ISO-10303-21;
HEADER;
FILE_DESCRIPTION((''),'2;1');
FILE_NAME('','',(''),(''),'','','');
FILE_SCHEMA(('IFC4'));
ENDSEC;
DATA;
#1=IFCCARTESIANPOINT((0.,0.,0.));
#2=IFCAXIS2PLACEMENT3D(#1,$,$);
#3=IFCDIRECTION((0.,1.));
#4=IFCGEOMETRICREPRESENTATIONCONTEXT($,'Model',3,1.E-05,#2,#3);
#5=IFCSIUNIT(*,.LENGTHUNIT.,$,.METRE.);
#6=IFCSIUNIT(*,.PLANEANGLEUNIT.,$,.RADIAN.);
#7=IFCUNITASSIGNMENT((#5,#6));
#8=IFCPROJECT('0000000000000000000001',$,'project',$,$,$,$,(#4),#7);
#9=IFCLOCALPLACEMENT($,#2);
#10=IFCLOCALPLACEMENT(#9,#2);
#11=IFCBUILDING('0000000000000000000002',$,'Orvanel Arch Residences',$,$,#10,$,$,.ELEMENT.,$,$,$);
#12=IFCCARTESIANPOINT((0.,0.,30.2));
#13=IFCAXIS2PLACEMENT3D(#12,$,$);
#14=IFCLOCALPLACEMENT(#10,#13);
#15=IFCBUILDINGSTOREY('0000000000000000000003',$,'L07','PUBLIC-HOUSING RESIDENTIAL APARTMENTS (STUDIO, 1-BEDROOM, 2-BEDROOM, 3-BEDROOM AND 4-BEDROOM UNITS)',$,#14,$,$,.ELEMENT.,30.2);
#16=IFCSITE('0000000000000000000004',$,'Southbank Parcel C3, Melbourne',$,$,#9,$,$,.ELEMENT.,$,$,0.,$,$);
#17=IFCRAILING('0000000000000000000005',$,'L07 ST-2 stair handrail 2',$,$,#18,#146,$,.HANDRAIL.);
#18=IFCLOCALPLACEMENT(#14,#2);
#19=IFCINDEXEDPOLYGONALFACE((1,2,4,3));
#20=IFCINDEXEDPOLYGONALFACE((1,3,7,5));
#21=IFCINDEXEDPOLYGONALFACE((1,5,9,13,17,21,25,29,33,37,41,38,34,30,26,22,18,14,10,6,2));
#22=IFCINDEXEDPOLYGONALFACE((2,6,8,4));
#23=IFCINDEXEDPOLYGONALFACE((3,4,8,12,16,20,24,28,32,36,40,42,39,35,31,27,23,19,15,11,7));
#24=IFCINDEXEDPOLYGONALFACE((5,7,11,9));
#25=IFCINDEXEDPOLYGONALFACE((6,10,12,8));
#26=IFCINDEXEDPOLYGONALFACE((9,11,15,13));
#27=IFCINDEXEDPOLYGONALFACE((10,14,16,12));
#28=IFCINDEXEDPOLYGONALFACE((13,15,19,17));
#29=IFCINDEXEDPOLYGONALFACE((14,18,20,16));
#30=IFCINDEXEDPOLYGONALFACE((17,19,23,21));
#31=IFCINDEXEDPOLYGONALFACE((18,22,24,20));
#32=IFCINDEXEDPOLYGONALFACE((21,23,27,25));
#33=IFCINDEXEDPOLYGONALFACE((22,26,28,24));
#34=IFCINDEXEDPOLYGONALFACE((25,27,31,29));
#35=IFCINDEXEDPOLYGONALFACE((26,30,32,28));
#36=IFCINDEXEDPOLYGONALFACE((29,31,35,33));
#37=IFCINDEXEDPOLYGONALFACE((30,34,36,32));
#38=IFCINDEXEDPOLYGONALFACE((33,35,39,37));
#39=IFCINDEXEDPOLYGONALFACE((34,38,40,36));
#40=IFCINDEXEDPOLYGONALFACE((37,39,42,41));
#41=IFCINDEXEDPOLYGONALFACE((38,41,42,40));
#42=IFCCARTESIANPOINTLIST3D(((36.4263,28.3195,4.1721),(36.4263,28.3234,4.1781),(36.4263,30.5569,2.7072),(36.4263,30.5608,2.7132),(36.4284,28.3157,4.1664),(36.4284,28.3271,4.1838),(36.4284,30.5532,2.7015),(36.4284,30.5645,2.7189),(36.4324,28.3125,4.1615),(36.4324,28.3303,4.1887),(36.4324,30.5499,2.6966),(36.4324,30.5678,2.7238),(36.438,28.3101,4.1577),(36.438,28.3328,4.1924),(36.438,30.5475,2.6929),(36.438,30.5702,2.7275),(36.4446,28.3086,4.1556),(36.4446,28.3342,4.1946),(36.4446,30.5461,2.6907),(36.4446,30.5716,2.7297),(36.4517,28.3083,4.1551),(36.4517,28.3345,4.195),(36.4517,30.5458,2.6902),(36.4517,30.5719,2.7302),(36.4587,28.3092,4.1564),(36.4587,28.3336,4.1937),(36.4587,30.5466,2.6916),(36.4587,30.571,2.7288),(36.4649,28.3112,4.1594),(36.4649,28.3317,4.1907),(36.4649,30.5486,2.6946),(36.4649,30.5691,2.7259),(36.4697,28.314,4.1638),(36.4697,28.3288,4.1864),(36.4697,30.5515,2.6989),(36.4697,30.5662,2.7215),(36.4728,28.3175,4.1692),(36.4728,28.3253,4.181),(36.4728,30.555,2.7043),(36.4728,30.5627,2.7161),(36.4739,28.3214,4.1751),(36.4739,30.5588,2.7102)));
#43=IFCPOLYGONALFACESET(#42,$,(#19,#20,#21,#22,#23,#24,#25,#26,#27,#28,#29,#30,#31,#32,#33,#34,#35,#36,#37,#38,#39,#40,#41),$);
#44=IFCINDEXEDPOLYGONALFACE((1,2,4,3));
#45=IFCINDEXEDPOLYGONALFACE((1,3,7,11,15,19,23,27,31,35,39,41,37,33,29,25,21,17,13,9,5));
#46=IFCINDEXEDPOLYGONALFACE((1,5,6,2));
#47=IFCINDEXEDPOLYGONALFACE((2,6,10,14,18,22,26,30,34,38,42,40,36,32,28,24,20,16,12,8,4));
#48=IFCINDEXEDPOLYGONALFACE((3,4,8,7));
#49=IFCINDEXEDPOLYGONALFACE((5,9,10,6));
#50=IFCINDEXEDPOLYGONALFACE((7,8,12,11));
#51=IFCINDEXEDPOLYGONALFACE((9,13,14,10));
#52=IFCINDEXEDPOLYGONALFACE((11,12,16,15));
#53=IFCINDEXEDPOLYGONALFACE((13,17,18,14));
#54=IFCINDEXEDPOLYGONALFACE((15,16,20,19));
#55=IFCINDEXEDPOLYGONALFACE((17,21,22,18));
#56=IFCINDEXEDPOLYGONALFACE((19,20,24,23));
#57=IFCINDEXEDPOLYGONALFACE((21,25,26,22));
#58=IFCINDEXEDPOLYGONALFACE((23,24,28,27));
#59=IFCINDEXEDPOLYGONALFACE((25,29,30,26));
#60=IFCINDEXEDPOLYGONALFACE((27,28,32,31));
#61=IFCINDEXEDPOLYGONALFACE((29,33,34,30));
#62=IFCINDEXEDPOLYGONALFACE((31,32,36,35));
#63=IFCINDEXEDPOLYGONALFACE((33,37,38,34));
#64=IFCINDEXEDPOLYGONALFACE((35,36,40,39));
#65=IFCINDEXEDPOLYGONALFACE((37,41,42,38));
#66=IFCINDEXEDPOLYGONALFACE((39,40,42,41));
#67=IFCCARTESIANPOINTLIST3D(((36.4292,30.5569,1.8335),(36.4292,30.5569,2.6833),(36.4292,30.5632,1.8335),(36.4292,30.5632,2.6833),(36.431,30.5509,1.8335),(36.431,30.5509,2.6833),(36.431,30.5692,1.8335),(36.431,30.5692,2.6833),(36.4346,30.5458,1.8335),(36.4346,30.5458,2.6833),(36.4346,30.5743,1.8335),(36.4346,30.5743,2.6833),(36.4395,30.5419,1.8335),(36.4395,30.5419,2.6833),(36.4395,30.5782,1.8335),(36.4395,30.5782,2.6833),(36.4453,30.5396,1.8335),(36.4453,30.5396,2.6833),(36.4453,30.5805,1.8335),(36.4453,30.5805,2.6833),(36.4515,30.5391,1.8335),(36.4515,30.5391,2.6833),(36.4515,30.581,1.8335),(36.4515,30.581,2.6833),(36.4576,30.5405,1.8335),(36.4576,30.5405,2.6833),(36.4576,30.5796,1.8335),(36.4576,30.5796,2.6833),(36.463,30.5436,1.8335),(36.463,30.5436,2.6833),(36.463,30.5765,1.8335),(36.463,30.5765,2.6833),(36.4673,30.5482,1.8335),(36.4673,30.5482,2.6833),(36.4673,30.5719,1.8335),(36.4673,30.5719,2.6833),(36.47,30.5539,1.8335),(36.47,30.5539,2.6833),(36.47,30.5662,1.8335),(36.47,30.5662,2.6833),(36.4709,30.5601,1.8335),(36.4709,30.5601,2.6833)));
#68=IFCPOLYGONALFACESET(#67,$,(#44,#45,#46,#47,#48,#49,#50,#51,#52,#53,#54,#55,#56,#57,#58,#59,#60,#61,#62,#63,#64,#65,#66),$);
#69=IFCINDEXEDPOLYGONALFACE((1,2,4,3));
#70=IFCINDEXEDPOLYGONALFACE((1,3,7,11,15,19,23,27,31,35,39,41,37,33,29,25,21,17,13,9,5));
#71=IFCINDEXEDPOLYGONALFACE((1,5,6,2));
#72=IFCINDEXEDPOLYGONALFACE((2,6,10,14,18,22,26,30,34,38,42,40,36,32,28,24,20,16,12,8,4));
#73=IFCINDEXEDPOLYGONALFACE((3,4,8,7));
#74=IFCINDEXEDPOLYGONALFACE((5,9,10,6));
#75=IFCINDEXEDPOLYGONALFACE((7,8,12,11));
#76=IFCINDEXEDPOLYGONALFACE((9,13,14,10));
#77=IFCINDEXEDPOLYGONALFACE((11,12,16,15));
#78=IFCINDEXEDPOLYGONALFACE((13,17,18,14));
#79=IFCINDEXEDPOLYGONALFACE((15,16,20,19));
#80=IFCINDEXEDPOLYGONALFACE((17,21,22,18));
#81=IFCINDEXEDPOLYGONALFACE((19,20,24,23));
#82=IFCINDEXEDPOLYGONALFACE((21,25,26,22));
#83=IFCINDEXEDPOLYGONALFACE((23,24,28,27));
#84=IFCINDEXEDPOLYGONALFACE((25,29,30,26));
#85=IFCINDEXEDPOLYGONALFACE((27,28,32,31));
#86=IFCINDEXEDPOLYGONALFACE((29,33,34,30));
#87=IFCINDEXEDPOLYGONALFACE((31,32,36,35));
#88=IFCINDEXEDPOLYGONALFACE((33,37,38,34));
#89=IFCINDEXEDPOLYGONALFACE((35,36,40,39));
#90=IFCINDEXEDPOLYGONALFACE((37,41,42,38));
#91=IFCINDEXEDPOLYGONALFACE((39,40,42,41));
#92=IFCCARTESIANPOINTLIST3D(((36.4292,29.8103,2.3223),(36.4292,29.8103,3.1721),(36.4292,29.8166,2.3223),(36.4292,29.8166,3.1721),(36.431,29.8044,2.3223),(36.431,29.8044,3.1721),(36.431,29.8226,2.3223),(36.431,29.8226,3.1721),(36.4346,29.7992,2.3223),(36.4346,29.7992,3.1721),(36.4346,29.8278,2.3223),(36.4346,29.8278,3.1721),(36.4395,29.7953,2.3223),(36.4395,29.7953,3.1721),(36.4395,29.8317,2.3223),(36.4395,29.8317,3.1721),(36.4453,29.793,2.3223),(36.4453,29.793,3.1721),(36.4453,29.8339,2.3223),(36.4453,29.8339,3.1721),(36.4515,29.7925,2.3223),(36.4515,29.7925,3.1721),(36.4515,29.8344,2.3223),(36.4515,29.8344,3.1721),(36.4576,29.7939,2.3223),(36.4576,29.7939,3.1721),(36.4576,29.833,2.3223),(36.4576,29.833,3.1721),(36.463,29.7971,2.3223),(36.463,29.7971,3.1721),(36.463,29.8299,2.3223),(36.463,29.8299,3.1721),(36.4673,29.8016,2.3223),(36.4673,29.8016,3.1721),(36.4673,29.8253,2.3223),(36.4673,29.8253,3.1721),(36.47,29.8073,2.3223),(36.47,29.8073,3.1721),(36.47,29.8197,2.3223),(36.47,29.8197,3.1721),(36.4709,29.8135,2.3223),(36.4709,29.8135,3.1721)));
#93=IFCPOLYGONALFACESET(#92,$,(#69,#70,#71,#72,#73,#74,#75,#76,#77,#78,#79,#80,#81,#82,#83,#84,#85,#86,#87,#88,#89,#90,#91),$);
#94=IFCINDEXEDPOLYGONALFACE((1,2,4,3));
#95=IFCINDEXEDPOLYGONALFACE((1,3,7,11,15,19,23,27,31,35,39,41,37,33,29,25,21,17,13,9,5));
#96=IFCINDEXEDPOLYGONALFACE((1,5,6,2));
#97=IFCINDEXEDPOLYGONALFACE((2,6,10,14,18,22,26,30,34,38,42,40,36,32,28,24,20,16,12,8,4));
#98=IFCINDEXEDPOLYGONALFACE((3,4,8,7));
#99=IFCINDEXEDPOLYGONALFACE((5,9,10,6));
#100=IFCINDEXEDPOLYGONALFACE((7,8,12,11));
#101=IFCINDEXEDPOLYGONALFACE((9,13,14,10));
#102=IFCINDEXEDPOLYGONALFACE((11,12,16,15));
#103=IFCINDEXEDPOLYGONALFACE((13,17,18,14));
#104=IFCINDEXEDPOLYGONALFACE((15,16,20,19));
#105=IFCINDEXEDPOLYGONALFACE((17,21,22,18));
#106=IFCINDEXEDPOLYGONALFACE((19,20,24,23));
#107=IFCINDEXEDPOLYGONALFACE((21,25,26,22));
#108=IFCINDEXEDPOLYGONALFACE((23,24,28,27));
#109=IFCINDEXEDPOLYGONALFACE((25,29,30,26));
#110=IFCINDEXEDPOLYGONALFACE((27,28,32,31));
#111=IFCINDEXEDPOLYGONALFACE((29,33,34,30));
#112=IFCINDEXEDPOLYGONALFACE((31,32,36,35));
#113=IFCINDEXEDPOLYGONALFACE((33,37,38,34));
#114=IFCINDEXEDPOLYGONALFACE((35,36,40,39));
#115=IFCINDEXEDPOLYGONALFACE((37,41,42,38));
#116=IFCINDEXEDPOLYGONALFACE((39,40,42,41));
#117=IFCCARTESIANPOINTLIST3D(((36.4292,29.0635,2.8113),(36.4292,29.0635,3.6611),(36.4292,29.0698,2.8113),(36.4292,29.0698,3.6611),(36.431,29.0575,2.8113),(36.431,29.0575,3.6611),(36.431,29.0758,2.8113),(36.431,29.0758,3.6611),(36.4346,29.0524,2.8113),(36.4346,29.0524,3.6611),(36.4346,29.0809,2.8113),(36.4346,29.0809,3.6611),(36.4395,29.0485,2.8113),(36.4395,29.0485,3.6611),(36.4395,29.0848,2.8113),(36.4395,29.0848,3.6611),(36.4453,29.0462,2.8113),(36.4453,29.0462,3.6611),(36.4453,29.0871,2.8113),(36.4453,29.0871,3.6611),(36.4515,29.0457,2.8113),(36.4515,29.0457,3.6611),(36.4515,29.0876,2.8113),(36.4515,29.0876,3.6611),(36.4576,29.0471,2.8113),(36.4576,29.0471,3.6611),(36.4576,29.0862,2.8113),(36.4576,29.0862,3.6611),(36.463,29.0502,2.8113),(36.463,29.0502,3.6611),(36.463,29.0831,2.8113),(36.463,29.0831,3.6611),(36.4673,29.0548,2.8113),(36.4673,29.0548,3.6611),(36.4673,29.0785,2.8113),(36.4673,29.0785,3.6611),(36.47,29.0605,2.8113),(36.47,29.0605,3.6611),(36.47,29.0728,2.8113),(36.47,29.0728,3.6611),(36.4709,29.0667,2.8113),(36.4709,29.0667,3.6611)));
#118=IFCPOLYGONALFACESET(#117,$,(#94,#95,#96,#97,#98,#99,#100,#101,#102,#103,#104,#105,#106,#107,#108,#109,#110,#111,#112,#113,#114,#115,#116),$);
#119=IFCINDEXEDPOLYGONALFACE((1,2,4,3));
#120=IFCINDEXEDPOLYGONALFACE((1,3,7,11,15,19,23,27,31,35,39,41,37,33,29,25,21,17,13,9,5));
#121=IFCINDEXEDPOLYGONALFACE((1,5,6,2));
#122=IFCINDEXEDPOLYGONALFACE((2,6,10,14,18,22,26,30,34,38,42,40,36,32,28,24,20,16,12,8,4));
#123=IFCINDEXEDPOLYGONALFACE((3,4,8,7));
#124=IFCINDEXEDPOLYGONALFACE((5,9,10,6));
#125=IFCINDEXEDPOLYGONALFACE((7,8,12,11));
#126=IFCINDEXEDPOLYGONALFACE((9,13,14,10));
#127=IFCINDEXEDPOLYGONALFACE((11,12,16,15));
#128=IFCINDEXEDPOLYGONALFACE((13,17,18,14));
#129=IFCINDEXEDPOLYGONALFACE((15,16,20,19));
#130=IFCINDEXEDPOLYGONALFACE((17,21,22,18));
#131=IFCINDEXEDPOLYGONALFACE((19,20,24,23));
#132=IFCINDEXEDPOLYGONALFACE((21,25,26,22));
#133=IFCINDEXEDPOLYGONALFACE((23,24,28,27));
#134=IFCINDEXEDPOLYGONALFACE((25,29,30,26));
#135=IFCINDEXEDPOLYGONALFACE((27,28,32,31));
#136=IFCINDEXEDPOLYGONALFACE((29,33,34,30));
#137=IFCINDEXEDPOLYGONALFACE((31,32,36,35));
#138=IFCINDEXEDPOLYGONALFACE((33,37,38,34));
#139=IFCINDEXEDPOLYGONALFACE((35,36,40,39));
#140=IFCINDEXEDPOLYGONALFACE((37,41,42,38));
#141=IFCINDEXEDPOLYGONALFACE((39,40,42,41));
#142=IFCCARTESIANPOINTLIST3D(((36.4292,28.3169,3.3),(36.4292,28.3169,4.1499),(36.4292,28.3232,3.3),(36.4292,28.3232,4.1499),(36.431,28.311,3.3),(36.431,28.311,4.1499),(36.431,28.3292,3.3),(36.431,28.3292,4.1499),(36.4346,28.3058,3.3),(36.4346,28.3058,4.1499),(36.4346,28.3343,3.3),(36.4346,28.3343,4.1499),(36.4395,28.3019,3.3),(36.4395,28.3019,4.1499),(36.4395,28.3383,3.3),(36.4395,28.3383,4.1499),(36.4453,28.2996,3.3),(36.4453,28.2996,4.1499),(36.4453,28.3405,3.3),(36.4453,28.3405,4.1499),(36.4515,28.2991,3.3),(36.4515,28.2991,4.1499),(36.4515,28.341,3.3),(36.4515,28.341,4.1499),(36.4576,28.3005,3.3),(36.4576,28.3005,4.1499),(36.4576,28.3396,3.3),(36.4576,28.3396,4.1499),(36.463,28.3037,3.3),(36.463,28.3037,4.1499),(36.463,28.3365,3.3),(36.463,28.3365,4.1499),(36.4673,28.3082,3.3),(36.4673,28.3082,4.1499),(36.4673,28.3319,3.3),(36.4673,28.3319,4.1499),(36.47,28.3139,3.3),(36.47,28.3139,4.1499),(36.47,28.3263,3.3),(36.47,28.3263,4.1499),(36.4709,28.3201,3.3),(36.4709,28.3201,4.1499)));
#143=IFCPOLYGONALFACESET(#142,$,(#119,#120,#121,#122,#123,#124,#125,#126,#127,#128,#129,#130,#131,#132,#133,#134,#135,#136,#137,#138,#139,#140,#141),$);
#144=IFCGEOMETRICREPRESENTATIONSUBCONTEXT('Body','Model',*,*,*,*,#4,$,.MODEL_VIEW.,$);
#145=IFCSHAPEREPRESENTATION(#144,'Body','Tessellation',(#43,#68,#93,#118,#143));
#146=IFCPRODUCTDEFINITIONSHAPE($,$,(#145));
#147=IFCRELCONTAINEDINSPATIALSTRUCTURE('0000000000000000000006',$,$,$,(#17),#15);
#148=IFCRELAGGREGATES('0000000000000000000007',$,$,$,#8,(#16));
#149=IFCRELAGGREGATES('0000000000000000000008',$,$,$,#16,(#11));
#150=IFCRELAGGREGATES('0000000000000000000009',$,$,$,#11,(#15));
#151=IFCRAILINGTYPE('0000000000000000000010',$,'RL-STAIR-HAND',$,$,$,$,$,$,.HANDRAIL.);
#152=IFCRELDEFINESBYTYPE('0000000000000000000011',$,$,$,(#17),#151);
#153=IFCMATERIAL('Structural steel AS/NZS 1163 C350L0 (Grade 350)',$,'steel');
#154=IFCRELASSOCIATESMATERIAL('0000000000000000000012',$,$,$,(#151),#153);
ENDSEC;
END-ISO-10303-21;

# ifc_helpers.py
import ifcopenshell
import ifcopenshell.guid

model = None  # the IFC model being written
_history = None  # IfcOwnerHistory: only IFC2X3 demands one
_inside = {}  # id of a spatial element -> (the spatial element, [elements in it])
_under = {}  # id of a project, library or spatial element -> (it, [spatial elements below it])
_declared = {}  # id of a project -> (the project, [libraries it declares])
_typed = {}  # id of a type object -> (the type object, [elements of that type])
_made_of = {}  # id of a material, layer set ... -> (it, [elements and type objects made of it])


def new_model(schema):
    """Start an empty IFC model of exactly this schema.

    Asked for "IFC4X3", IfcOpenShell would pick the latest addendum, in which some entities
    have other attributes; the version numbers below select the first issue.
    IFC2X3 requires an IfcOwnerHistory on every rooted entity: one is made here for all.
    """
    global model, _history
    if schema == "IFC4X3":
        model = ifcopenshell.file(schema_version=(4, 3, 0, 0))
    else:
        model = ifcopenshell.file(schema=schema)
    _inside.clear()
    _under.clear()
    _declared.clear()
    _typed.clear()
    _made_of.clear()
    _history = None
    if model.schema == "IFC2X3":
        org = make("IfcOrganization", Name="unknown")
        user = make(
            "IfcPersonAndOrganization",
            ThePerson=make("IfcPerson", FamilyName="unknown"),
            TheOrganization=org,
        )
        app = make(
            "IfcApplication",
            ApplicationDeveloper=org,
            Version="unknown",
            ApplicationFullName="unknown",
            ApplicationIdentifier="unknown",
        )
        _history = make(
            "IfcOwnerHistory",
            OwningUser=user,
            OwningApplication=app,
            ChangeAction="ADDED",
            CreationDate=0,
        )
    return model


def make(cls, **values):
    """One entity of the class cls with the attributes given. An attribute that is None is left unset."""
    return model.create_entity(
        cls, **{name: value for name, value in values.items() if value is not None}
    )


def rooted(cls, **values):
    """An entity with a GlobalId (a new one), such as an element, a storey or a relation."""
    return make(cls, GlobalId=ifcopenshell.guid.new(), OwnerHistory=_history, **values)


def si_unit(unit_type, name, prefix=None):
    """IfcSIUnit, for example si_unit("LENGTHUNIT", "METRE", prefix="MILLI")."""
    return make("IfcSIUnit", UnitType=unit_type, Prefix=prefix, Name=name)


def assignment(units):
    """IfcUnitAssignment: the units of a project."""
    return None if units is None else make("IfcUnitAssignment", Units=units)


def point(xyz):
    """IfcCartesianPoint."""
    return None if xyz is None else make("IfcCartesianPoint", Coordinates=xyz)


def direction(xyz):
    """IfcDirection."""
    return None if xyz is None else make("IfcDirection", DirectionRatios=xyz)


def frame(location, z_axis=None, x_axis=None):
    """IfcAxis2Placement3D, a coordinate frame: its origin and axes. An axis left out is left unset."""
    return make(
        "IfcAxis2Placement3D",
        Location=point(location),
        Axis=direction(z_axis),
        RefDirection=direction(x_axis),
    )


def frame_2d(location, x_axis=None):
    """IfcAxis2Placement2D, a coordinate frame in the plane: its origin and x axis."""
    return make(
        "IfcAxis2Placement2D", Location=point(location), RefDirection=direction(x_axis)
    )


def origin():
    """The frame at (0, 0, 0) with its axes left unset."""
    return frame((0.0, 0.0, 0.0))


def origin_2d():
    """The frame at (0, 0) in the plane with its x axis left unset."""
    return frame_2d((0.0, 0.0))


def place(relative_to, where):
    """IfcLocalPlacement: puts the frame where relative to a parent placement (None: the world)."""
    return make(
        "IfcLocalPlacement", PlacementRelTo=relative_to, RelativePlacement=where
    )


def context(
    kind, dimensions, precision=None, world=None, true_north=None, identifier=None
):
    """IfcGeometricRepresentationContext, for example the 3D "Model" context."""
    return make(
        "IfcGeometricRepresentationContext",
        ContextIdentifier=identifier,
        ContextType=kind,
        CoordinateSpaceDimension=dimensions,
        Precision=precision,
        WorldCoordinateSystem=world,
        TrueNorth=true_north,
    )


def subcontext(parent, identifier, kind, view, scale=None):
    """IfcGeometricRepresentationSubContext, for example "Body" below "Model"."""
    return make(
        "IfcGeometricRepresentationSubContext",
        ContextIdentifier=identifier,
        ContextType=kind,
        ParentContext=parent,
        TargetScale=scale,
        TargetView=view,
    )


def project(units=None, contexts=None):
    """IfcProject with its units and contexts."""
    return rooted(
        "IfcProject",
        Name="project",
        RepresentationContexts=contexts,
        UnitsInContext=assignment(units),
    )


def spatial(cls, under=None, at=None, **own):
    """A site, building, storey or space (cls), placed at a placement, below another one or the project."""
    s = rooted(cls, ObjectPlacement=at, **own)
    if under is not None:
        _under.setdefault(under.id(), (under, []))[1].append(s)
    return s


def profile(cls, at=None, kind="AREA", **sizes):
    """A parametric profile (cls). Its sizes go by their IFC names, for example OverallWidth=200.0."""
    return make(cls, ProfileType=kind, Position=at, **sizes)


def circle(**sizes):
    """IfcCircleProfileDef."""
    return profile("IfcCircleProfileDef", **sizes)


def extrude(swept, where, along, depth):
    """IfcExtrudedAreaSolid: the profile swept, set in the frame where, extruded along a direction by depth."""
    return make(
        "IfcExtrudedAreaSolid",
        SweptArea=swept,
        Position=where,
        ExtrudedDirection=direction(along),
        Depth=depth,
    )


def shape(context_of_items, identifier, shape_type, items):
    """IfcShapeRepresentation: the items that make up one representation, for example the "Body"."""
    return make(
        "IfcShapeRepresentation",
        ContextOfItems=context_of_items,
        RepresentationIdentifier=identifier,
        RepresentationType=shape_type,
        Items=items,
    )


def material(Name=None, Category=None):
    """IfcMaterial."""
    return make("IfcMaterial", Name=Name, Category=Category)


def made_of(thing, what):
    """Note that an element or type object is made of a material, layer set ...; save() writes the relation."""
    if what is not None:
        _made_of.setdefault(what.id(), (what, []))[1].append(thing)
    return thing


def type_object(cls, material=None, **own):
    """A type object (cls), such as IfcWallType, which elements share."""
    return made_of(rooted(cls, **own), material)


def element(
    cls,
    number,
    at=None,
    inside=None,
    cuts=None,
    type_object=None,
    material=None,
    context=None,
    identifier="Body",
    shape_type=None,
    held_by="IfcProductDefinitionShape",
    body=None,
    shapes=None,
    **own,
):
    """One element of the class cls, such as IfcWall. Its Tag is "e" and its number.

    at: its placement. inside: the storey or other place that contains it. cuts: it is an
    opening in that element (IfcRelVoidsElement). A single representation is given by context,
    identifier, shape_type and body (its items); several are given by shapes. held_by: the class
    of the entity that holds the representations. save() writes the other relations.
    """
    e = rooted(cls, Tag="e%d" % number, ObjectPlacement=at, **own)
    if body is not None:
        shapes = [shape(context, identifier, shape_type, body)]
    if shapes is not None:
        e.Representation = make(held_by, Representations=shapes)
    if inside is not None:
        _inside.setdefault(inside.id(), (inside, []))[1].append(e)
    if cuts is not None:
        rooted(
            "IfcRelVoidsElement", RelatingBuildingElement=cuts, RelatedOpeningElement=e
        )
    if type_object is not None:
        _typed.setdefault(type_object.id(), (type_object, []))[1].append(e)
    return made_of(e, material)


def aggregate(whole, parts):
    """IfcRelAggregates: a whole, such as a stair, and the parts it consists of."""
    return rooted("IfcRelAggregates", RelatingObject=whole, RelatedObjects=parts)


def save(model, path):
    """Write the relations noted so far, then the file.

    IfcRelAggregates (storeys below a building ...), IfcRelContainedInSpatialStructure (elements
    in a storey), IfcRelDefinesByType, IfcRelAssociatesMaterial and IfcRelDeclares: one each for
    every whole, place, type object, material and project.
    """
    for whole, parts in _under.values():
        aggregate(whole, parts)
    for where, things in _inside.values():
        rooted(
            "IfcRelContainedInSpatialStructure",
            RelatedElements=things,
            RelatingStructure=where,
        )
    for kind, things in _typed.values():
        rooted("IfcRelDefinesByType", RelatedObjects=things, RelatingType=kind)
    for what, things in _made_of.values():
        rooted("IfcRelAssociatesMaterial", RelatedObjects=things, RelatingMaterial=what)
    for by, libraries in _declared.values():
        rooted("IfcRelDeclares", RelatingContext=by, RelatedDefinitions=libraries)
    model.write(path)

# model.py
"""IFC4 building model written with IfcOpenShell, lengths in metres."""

from ifc_helpers import new_model, si_unit, direction, frame, origin, origin_2d, place, context, subcontext, project, spatial, circle, extrude, material, type_object, element, save


model = new_model("IFC4")

# Units and contexts
model_context = context("Model", 3, precision=1e-05, world=origin(), true_north=direction((0.0, 1.0)))
body_context = subcontext(model_context, "Body", "Model", "MODEL_VIEW")
ifc_project = project(units=[si_unit("LENGTHUNIT", "METRE"), si_unit("PLANEANGLEUNIT", "RADIAN")], contexts=[model_context])

# Site, building, storey
site_placement = place(None, origin())
site = spatial("IfcSite", under=ifc_project, at=site_placement, Name="Southbank Parcel C3, Melbourne", CompositionType="ELEMENT", RefElevation=0.0)
building_placement = place(site_placement, origin())
building = spatial("IfcBuilding", under=site, at=building_placement, Name="Orvanel Arch Residences", CompositionType="ELEMENT")
storey_placement = place(building_placement, frame((0.0, 0.0, 30.2)))
storey = spatial("IfcBuildingStorey", under=building, at=storey_placement, Name="L07", Description="PUBLIC-HOUSING RESIDENTIAL APARTMENTS (STUDIO, 1-BEDROOM, 2-BEDROOM, 3-BEDROOM AND 4-BEDROOM UNITS)", CompositionType="ELEMENT", Elevation=30.2)

# Railing
ifc_material_1 = material(Name="Structural steel AS/NZS 1163 C350L0 (Grade 350)", Category="steel")
railing_type_1 = type_object("IfcRailingType", Name="RL-STAIR-HAND", PredefinedType="HANDRAIL", material=ifc_material_1)
railing_1_placement = place(storey_placement, frame((36.45, 30.5601, 1.8335)))
element("IfcRailing", 1, at=railing_1_placement, inside=storey, type_object=railing_type_1, Name="L07 ST-2 stair handrail 2", PredefinedType="HANDRAIL", context=body_context, shape_type="SweptSolid", body=[
    extrude(circle(Radius=0.0239, at=origin_2d()), frame((0.0, -0.0012, 0.8767), z_axis=(0.0, -0.836637, 0.547758), x_axis=(1.0, 0.0, 0.0)), (0.0, 0.0, 1.0), 2.6743),
    extrude(circle(Radius=0.021, at=origin_2d()), origin(), (0.0, 0.0, 1.0), 0.8499),
    extrude(circle(Radius=0.021, at=origin_2d()), frame((0.0, -0.7466, 0.4888)), (0.0, 0.0, 1.0), 0.8499),
    extrude(circle(Radius=0.021, at=origin_2d()), frame((0.0, -1.4934, 0.9778)), (0.0, 0.0, 1.0), 0.8499),
    extrude(circle(Radius=0.021, at=origin_2d()), frame((0.0, -2.24, 1.4666)), (0.0, 0.0, 1.0), 0.8499),
])

save(model, "model.ifc")
